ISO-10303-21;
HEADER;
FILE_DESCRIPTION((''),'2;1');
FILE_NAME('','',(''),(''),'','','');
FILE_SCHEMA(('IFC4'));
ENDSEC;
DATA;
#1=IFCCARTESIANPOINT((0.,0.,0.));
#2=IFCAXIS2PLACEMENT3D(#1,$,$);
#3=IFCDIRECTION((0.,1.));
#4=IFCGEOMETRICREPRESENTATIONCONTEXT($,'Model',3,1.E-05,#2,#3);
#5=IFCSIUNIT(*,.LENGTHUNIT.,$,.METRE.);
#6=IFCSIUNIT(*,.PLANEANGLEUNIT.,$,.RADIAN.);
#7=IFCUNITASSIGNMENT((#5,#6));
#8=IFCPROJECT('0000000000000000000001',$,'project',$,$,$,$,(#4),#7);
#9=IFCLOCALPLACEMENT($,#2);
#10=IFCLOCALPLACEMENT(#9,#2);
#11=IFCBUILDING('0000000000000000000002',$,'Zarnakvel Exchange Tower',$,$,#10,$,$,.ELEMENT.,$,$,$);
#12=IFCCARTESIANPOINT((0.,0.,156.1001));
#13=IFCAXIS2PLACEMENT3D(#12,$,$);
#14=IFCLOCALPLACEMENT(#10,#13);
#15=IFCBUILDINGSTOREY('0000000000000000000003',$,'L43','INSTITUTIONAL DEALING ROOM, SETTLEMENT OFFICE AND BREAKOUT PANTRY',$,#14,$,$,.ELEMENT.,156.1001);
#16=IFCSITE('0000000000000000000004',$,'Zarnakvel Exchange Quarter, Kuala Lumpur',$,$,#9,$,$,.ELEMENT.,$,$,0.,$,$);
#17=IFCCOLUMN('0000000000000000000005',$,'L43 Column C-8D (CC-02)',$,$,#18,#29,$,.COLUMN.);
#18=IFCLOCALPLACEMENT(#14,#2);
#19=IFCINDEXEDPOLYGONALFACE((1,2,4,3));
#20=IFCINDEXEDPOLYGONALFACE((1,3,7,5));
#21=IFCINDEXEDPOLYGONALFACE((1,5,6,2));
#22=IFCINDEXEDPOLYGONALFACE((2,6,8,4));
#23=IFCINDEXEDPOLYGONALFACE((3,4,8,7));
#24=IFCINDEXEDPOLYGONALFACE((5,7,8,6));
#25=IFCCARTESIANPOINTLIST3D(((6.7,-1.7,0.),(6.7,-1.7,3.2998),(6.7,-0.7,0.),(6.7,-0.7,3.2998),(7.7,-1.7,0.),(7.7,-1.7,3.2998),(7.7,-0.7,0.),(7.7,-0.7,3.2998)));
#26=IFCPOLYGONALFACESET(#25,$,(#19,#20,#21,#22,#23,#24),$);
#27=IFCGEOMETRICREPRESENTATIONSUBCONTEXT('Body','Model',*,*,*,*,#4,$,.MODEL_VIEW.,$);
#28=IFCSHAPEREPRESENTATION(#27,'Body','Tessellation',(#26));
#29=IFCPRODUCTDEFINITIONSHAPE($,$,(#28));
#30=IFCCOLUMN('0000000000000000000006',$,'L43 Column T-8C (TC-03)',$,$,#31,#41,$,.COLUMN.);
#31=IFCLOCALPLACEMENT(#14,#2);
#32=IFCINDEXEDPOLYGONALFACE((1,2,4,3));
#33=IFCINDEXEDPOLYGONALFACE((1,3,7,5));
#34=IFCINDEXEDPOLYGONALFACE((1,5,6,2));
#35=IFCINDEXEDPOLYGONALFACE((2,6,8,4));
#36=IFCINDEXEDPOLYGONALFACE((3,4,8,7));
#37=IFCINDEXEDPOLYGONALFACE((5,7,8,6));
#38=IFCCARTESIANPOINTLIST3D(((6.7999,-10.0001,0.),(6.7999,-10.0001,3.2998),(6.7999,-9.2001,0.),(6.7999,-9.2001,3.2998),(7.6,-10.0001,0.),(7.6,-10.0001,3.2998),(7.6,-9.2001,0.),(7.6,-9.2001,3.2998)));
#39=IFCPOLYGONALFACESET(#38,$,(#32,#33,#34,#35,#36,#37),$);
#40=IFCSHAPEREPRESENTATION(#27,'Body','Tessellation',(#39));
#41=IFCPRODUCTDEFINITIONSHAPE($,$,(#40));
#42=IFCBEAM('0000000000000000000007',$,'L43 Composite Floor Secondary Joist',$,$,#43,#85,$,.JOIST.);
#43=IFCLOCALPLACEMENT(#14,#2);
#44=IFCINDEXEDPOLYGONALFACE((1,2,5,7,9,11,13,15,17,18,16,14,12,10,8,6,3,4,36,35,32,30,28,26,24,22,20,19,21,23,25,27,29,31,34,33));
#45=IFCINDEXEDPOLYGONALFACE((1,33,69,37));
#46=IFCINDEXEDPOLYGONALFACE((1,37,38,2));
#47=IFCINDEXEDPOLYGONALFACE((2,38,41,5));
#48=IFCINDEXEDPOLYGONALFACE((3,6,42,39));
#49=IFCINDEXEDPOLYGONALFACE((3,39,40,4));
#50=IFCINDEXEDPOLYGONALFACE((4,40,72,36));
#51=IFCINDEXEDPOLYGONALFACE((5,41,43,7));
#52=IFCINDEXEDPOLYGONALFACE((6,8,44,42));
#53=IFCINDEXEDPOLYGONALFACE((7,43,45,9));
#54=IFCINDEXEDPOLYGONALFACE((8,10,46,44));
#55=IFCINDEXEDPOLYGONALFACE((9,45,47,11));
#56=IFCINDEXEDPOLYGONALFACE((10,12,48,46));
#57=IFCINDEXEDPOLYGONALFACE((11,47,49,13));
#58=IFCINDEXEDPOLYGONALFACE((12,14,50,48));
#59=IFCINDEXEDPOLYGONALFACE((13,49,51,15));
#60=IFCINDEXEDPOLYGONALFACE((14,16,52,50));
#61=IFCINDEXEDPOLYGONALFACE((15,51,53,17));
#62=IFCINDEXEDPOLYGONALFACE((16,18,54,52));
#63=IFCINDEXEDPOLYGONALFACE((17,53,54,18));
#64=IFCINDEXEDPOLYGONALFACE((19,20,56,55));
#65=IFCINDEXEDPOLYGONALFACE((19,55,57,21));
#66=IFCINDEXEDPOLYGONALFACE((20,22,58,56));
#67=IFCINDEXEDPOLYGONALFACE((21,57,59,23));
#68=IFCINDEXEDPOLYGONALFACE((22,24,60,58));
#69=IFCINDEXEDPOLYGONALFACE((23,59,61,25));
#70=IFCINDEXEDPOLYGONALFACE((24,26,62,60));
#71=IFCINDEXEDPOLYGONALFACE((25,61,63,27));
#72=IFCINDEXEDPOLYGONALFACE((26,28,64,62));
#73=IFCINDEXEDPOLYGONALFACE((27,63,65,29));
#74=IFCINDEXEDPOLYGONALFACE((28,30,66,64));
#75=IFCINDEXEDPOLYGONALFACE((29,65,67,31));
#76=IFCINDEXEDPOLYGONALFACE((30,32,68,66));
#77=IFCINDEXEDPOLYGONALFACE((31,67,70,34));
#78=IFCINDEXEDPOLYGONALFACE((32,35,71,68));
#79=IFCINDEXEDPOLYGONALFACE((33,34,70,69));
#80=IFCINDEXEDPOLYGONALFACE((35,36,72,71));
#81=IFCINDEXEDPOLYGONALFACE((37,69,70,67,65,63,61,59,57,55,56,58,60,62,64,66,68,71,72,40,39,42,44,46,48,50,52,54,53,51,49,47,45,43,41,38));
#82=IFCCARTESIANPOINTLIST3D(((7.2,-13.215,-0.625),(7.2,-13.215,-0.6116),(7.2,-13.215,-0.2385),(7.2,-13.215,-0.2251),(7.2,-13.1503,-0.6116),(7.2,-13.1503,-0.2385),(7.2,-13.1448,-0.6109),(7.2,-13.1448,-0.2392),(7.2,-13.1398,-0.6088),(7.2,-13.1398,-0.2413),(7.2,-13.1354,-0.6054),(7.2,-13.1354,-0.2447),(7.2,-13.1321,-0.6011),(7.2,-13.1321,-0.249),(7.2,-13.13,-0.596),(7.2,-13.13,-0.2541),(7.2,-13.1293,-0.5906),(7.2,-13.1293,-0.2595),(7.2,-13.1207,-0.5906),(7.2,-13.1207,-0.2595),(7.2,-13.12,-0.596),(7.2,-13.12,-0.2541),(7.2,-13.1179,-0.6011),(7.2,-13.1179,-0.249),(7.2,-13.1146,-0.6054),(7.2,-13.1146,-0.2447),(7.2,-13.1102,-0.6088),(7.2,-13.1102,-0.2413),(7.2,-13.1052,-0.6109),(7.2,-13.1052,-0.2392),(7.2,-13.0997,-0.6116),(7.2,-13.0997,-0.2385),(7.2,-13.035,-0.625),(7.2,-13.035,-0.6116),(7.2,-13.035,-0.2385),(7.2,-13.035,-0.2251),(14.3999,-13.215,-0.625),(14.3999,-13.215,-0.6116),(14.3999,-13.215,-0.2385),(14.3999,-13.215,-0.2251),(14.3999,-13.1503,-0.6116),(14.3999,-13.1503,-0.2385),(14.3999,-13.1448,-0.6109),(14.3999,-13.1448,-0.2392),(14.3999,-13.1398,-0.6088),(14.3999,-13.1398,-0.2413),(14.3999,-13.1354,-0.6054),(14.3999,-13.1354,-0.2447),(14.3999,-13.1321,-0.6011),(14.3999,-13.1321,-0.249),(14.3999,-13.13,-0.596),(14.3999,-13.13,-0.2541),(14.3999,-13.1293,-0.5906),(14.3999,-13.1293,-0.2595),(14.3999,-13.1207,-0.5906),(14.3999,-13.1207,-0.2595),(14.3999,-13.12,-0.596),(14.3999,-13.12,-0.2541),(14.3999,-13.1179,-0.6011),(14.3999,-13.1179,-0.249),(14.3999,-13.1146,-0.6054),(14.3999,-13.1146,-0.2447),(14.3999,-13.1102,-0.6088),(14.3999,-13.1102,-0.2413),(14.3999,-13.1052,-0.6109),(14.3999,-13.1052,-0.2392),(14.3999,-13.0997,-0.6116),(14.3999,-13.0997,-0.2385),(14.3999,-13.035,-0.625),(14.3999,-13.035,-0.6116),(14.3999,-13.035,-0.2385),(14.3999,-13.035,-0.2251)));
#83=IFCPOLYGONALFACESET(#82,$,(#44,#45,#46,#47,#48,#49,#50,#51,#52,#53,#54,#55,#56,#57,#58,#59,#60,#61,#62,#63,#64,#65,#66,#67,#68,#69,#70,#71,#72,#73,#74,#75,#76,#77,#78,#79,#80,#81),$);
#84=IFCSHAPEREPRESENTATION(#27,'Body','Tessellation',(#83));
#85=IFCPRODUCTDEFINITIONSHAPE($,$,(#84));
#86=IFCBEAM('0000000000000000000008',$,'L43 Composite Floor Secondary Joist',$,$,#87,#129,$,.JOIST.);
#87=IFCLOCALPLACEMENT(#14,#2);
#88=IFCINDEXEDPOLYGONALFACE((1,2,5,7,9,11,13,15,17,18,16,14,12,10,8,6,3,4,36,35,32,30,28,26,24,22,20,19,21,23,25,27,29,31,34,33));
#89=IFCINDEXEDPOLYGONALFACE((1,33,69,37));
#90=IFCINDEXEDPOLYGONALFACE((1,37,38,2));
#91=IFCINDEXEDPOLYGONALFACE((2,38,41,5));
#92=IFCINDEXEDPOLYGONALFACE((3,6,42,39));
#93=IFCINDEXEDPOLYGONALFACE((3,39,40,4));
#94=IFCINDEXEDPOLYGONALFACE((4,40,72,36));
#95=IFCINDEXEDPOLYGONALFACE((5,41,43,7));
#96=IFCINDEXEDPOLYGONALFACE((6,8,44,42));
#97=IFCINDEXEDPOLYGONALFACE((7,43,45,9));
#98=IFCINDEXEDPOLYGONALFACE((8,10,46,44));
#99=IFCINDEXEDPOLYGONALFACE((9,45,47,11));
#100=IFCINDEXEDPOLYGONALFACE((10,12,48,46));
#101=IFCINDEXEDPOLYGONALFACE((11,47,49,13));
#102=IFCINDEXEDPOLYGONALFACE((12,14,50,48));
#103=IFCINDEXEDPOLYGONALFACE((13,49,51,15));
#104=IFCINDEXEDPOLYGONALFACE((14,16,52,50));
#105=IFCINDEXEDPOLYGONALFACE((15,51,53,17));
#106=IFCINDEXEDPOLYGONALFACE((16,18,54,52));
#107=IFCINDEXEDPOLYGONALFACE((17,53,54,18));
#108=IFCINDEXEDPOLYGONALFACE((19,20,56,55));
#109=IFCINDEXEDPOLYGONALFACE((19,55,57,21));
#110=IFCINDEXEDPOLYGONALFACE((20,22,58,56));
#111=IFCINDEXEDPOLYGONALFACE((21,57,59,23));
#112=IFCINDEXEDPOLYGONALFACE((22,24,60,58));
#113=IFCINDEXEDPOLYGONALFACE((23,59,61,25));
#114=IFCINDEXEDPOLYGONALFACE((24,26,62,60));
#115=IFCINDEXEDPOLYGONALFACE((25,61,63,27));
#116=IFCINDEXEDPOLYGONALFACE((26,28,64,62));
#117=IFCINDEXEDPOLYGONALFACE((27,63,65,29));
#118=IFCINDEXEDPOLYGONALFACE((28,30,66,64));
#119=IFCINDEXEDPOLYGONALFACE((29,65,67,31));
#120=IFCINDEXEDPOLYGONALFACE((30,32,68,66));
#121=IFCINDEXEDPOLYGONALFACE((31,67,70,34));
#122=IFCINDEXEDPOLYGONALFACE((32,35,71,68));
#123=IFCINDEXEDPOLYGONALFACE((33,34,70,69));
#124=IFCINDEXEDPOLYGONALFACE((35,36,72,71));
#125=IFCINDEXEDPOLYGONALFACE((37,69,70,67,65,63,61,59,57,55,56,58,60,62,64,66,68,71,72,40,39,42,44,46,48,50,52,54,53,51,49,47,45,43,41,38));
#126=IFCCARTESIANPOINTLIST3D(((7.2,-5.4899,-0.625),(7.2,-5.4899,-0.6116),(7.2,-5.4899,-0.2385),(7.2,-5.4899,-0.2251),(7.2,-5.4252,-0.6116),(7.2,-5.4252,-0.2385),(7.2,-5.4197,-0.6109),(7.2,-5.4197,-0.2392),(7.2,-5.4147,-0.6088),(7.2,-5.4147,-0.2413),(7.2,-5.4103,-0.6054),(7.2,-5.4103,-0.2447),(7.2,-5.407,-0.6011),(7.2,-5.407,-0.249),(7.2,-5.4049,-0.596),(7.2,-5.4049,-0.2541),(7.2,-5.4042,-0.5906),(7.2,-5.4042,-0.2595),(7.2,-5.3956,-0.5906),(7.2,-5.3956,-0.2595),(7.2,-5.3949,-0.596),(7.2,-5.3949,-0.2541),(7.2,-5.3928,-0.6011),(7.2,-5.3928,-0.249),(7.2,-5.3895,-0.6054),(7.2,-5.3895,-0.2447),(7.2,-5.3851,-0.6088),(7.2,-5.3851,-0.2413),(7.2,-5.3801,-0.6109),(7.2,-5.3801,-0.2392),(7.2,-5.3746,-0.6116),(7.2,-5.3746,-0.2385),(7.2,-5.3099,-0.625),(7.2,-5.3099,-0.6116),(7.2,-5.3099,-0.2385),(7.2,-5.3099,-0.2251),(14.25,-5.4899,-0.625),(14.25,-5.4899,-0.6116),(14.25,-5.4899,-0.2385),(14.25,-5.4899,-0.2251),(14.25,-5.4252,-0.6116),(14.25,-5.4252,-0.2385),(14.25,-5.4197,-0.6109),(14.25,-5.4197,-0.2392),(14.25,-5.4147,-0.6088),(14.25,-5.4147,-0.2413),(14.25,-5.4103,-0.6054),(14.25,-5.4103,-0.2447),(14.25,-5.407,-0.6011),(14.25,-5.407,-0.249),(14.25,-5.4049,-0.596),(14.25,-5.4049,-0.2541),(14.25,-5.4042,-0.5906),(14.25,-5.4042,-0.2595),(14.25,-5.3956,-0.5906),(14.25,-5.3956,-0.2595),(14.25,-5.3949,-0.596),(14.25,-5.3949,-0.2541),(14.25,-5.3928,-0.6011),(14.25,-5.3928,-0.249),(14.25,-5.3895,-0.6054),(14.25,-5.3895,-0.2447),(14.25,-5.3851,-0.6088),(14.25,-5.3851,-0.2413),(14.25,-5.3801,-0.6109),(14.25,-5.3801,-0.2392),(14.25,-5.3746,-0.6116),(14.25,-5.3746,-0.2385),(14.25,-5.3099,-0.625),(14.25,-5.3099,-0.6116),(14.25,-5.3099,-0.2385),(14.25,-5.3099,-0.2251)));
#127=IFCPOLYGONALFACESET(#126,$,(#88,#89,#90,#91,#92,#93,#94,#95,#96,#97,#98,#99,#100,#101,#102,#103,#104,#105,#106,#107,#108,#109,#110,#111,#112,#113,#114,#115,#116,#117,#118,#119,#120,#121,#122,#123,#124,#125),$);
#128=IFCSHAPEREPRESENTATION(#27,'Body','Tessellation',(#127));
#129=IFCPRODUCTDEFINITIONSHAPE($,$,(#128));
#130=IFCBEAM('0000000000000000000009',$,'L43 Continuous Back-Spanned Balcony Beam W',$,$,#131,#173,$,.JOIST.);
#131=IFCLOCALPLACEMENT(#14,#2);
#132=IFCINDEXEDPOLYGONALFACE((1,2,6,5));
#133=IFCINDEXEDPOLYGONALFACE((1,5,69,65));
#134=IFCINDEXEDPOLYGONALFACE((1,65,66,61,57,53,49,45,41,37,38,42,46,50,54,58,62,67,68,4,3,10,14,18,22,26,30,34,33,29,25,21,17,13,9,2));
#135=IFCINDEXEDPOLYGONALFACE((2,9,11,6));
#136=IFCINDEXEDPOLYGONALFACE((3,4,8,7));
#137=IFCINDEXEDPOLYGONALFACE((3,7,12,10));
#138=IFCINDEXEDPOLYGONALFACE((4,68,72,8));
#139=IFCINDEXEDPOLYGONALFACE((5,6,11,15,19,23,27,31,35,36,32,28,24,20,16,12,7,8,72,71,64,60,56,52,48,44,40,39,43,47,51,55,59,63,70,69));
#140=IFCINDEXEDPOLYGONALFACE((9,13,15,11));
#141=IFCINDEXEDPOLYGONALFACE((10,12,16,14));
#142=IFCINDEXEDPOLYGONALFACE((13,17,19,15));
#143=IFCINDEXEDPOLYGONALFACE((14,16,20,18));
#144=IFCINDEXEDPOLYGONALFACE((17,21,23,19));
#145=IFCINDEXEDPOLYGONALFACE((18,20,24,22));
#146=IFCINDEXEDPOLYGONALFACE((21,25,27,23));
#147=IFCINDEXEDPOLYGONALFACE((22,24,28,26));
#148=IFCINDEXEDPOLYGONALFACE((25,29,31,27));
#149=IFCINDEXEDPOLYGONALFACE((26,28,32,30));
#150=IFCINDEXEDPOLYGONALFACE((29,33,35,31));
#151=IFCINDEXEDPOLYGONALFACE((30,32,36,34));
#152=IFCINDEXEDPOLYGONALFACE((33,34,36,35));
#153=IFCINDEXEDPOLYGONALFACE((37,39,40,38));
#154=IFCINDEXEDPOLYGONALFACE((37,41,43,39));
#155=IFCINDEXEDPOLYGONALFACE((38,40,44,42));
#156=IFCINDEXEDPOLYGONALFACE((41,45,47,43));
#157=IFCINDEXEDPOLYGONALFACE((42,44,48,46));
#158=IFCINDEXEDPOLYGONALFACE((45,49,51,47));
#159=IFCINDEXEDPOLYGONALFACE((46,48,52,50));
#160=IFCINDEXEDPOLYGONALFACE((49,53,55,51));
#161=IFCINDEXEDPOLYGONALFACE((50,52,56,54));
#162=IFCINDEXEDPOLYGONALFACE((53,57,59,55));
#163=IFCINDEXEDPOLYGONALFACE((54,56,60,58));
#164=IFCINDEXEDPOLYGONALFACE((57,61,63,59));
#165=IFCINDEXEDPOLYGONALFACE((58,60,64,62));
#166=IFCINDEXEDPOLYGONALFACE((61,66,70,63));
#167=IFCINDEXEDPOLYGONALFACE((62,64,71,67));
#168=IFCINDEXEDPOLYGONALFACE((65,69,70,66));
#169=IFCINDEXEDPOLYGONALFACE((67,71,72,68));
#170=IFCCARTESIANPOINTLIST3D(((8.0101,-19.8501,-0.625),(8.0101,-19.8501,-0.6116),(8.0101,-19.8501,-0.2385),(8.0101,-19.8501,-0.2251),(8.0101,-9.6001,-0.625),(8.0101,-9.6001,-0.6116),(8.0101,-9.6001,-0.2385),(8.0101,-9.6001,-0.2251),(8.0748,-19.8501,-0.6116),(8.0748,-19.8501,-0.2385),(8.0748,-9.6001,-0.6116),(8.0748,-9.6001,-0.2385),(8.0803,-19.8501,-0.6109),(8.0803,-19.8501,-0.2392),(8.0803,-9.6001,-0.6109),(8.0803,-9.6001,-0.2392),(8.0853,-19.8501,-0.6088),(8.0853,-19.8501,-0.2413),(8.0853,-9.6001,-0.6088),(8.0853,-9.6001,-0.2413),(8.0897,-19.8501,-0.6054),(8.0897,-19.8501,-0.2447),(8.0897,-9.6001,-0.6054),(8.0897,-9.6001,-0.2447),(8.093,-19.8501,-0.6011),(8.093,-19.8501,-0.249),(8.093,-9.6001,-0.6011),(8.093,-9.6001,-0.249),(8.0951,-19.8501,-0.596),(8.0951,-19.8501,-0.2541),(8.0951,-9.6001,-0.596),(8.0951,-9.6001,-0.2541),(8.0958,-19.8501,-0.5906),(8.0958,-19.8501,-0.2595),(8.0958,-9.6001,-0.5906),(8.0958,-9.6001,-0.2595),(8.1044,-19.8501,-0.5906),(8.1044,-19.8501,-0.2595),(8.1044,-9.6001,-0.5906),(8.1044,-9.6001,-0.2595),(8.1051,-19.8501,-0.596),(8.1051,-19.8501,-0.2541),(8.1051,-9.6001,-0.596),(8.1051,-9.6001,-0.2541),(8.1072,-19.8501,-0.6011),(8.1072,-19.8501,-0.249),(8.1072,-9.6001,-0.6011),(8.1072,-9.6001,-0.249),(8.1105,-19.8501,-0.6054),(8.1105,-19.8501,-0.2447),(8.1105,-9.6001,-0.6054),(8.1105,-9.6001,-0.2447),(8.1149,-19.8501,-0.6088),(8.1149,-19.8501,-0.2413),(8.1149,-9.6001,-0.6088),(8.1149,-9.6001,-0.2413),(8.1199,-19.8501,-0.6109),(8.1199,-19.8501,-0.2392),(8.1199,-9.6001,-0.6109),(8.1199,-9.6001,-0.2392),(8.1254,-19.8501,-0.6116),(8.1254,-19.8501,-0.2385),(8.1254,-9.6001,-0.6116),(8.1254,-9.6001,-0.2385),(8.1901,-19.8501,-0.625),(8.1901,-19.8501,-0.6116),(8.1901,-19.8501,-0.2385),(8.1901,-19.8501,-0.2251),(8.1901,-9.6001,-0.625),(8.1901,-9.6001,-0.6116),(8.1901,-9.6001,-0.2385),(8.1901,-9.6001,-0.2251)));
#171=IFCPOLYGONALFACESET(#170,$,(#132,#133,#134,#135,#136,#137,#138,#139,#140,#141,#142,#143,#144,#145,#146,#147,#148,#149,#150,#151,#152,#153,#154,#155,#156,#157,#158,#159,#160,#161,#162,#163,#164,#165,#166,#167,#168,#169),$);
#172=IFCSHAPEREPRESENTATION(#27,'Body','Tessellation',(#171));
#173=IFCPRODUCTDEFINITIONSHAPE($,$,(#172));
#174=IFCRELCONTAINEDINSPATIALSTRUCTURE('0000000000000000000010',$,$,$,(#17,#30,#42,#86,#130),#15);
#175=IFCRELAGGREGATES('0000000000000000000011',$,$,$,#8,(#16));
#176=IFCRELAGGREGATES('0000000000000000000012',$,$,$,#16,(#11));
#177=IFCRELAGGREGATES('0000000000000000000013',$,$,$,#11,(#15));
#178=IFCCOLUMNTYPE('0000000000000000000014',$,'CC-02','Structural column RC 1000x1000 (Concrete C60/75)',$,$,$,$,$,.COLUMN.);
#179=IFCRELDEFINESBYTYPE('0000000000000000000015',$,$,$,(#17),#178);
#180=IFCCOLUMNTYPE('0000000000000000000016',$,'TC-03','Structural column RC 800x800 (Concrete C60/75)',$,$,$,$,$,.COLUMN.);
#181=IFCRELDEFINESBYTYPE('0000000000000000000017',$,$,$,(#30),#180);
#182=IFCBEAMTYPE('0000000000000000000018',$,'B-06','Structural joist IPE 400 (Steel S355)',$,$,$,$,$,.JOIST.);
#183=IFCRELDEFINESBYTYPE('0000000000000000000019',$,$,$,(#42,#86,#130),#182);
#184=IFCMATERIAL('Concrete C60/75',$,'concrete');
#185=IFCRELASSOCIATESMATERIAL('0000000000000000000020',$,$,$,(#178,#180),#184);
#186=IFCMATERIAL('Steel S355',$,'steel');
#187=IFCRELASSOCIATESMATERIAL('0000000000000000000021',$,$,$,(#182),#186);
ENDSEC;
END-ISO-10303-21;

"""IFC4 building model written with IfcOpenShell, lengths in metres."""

from ifc_helpers import new_model, si_unit, direction, frame, origin, origin_2d, place, context, subcontext, project, spatial, rectangle, i_section, extrude, material, material_profile, profile_set, type_object, element, save


model = new_model("IFC4")

# Units and contexts
model_context = context("Model", 3, precision=1e-05, world=origin(), true_north=direction((0.0, 1.0)))
body_context = subcontext(model_context, "Body", "Model", "MODEL_VIEW")
ifc_project = project(units=[si_unit("LENGTHUNIT", "METRE"), si_unit("PLANEANGLEUNIT", "RADIAN")], contexts=[model_context])

# Site, building, storey
site_placement = place(None, origin())
site = spatial("IfcSite", under=ifc_project, at=site_placement, Name="Zarnakvel Exchange Quarter, Kuala Lumpur", CompositionType="ELEMENT", RefElevation=0.0)
building_placement = place(site_placement, origin())
building = spatial("IfcBuilding", under=site, at=building_placement, Name="Zarnakvel Exchange Tower", CompositionType="ELEMENT")
storey_placement = place(building_placement, frame((0.0, 0.0, 156.1001)))
storey = spatial("IfcBuildingStorey", under=building, at=storey_placement, Name="L43", Description="INSTITUTIONAL DEALING ROOM, SETTLEMENT OFFICE AND BREAKOUT PANTRY", CompositionType="ELEMENT", Elevation=156.1001)

# Columns
ifc_material_1 = material(Name="Concrete C60/75", Category="concrete")
ifc_material_profile_1 = material_profile(ifc_material_1, rectangle(XDim=1.0, YDim=1.0, at=origin_2d()))
ifc_profile_set_1 = profile_set([ifc_material_profile_1], Name="Concrete C60/75")
column_type_1 = type_object("IfcColumnType", Name="CC-02", Description="Structural column RC 1000x1000 (Concrete C60/75)", PredefinedType="COLUMN", material=ifc_profile_set_1)
column_1_placement = place(storey_placement, frame((7.2, -1.2, 0.0), z_axis=(0.0, 0.0, 1.0), x_axis=(1.0, 0.0, 0.0)))
element("IfcColumn", 1, at=column_1_placement, inside=storey, type_object=column_type_1, Name="L43 Column C-8D (CC-02)", PredefinedType="COLUMN", context=body_context, shape_type="SweptSolid", body=[
    extrude(rectangle(XDim=1.0, YDim=1.0, at=origin_2d()), origin(), (0.0, 0.0, 1.0), 3.2998),
])
ifc_material_profile_2 = material_profile(ifc_material_1, rectangle(XDim=0.8, YDim=0.8, at=origin_2d()))
ifc_profile_set_2 = profile_set([ifc_material_profile_2], Name="Concrete C60/75")
column_type_2 = type_object("IfcColumnType", Name="TC-03", Description="Structural column RC 800x800 (Concrete C60/75)", PredefinedType="COLUMN", material=ifc_profile_set_2)
column_2_placement = place(storey_placement, frame((7.2, -9.6001, 0.0), z_axis=(0.0, 0.0, 1.0), x_axis=(1.0, 0.0, 0.0)))
element("IfcColumn", 2, at=column_2_placement, inside=storey, type_object=column_type_2, Name="L43 Column T-8C (TC-03)", PredefinedType="COLUMN", context=body_context, shape_type="SweptSolid", body=[
    extrude(rectangle(XDim=0.8, YDim=0.8, at=origin_2d()), origin(), (0.0, 0.0, 1.0), 3.2998),
])

# Beams
ifc_material_2 = material(Name="Steel S355", Category="steel")
ifc_material_profile_3 = material_profile(ifc_material_2, i_section(OverallWidth=0.1799, OverallDepth=0.3999, WebThickness=0.0085, FlangeThickness=0.0134, FilletRadius=0.021, at=origin_2d()))
ifc_profile_set_3 = profile_set([ifc_material_profile_3], Name="Steel S355")
beam_type_1 = type_object("IfcBeamType", Name="B-06", Description="Structural joist IPE 400 (Steel S355)", PredefinedType="JOIST", material=ifc_profile_set_3)
beam_1_placement = place(storey_placement, frame((7.2, -13.125, -0.425), z_axis=(1.0, 0.0, 0.0), x_axis=(0.0, 1.0, 0.0)))
element("IfcBeam", 3, at=beam_1_placement, inside=storey, type_object=beam_type_1, Name="L43 Composite Floor Secondary Joist", PredefinedType="JOIST", context=body_context, shape_type="SweptSolid", body=[
    extrude(i_section(OverallWidth=0.1799, OverallDepth=0.3999, WebThickness=0.0085, FlangeThickness=0.0134, FilletRadius=0.021, at=origin_2d()), origin(), (0.0, 0.0, 1.0), 7.2),
])
beam_2_placement = place(storey_placement, frame((7.2, -5.3999, -0.425), z_axis=(1.0, 0.0, 0.0), x_axis=(0.0, 1.0, 0.0)))
element("IfcBeam", 4, at=beam_2_placement, inside=storey, type_object=beam_type_1, Name="L43 Composite Floor Secondary Joist", PredefinedType="JOIST", context=body_context, shape_type="SweptSolid", body=[
    extrude(i_section(OverallWidth=0.1799, OverallDepth=0.3999, WebThickness=0.0085, FlangeThickness=0.0134, FilletRadius=0.021, at=origin_2d()), origin(), (0.0, 0.0, 1.0), 7.05),
])
beam_3_placement = place(storey_placement, frame((8.1001, -9.6001, -0.425), z_axis=(0.0, -1.0, 0.0), x_axis=(1.0, 0.0, 0.0)))
element("IfcBeam", 5, at=beam_3_placement, inside=storey, type_object=beam_type_1, Name="L43 Continuous Back-Spanned Balcony Beam W", PredefinedType="JOIST", context=body_context, shape_type="SweptSolid", body=[
    extrude(i_section(OverallWidth=0.1799, OverallDepth=0.3999, WebThickness=0.0085, FlangeThickness=0.0134, FilletRadius=0.021, at=origin_2d()), origin(), (0.0, 0.0, 1.0), 10.25),
])

save(model, "model.ifc")
